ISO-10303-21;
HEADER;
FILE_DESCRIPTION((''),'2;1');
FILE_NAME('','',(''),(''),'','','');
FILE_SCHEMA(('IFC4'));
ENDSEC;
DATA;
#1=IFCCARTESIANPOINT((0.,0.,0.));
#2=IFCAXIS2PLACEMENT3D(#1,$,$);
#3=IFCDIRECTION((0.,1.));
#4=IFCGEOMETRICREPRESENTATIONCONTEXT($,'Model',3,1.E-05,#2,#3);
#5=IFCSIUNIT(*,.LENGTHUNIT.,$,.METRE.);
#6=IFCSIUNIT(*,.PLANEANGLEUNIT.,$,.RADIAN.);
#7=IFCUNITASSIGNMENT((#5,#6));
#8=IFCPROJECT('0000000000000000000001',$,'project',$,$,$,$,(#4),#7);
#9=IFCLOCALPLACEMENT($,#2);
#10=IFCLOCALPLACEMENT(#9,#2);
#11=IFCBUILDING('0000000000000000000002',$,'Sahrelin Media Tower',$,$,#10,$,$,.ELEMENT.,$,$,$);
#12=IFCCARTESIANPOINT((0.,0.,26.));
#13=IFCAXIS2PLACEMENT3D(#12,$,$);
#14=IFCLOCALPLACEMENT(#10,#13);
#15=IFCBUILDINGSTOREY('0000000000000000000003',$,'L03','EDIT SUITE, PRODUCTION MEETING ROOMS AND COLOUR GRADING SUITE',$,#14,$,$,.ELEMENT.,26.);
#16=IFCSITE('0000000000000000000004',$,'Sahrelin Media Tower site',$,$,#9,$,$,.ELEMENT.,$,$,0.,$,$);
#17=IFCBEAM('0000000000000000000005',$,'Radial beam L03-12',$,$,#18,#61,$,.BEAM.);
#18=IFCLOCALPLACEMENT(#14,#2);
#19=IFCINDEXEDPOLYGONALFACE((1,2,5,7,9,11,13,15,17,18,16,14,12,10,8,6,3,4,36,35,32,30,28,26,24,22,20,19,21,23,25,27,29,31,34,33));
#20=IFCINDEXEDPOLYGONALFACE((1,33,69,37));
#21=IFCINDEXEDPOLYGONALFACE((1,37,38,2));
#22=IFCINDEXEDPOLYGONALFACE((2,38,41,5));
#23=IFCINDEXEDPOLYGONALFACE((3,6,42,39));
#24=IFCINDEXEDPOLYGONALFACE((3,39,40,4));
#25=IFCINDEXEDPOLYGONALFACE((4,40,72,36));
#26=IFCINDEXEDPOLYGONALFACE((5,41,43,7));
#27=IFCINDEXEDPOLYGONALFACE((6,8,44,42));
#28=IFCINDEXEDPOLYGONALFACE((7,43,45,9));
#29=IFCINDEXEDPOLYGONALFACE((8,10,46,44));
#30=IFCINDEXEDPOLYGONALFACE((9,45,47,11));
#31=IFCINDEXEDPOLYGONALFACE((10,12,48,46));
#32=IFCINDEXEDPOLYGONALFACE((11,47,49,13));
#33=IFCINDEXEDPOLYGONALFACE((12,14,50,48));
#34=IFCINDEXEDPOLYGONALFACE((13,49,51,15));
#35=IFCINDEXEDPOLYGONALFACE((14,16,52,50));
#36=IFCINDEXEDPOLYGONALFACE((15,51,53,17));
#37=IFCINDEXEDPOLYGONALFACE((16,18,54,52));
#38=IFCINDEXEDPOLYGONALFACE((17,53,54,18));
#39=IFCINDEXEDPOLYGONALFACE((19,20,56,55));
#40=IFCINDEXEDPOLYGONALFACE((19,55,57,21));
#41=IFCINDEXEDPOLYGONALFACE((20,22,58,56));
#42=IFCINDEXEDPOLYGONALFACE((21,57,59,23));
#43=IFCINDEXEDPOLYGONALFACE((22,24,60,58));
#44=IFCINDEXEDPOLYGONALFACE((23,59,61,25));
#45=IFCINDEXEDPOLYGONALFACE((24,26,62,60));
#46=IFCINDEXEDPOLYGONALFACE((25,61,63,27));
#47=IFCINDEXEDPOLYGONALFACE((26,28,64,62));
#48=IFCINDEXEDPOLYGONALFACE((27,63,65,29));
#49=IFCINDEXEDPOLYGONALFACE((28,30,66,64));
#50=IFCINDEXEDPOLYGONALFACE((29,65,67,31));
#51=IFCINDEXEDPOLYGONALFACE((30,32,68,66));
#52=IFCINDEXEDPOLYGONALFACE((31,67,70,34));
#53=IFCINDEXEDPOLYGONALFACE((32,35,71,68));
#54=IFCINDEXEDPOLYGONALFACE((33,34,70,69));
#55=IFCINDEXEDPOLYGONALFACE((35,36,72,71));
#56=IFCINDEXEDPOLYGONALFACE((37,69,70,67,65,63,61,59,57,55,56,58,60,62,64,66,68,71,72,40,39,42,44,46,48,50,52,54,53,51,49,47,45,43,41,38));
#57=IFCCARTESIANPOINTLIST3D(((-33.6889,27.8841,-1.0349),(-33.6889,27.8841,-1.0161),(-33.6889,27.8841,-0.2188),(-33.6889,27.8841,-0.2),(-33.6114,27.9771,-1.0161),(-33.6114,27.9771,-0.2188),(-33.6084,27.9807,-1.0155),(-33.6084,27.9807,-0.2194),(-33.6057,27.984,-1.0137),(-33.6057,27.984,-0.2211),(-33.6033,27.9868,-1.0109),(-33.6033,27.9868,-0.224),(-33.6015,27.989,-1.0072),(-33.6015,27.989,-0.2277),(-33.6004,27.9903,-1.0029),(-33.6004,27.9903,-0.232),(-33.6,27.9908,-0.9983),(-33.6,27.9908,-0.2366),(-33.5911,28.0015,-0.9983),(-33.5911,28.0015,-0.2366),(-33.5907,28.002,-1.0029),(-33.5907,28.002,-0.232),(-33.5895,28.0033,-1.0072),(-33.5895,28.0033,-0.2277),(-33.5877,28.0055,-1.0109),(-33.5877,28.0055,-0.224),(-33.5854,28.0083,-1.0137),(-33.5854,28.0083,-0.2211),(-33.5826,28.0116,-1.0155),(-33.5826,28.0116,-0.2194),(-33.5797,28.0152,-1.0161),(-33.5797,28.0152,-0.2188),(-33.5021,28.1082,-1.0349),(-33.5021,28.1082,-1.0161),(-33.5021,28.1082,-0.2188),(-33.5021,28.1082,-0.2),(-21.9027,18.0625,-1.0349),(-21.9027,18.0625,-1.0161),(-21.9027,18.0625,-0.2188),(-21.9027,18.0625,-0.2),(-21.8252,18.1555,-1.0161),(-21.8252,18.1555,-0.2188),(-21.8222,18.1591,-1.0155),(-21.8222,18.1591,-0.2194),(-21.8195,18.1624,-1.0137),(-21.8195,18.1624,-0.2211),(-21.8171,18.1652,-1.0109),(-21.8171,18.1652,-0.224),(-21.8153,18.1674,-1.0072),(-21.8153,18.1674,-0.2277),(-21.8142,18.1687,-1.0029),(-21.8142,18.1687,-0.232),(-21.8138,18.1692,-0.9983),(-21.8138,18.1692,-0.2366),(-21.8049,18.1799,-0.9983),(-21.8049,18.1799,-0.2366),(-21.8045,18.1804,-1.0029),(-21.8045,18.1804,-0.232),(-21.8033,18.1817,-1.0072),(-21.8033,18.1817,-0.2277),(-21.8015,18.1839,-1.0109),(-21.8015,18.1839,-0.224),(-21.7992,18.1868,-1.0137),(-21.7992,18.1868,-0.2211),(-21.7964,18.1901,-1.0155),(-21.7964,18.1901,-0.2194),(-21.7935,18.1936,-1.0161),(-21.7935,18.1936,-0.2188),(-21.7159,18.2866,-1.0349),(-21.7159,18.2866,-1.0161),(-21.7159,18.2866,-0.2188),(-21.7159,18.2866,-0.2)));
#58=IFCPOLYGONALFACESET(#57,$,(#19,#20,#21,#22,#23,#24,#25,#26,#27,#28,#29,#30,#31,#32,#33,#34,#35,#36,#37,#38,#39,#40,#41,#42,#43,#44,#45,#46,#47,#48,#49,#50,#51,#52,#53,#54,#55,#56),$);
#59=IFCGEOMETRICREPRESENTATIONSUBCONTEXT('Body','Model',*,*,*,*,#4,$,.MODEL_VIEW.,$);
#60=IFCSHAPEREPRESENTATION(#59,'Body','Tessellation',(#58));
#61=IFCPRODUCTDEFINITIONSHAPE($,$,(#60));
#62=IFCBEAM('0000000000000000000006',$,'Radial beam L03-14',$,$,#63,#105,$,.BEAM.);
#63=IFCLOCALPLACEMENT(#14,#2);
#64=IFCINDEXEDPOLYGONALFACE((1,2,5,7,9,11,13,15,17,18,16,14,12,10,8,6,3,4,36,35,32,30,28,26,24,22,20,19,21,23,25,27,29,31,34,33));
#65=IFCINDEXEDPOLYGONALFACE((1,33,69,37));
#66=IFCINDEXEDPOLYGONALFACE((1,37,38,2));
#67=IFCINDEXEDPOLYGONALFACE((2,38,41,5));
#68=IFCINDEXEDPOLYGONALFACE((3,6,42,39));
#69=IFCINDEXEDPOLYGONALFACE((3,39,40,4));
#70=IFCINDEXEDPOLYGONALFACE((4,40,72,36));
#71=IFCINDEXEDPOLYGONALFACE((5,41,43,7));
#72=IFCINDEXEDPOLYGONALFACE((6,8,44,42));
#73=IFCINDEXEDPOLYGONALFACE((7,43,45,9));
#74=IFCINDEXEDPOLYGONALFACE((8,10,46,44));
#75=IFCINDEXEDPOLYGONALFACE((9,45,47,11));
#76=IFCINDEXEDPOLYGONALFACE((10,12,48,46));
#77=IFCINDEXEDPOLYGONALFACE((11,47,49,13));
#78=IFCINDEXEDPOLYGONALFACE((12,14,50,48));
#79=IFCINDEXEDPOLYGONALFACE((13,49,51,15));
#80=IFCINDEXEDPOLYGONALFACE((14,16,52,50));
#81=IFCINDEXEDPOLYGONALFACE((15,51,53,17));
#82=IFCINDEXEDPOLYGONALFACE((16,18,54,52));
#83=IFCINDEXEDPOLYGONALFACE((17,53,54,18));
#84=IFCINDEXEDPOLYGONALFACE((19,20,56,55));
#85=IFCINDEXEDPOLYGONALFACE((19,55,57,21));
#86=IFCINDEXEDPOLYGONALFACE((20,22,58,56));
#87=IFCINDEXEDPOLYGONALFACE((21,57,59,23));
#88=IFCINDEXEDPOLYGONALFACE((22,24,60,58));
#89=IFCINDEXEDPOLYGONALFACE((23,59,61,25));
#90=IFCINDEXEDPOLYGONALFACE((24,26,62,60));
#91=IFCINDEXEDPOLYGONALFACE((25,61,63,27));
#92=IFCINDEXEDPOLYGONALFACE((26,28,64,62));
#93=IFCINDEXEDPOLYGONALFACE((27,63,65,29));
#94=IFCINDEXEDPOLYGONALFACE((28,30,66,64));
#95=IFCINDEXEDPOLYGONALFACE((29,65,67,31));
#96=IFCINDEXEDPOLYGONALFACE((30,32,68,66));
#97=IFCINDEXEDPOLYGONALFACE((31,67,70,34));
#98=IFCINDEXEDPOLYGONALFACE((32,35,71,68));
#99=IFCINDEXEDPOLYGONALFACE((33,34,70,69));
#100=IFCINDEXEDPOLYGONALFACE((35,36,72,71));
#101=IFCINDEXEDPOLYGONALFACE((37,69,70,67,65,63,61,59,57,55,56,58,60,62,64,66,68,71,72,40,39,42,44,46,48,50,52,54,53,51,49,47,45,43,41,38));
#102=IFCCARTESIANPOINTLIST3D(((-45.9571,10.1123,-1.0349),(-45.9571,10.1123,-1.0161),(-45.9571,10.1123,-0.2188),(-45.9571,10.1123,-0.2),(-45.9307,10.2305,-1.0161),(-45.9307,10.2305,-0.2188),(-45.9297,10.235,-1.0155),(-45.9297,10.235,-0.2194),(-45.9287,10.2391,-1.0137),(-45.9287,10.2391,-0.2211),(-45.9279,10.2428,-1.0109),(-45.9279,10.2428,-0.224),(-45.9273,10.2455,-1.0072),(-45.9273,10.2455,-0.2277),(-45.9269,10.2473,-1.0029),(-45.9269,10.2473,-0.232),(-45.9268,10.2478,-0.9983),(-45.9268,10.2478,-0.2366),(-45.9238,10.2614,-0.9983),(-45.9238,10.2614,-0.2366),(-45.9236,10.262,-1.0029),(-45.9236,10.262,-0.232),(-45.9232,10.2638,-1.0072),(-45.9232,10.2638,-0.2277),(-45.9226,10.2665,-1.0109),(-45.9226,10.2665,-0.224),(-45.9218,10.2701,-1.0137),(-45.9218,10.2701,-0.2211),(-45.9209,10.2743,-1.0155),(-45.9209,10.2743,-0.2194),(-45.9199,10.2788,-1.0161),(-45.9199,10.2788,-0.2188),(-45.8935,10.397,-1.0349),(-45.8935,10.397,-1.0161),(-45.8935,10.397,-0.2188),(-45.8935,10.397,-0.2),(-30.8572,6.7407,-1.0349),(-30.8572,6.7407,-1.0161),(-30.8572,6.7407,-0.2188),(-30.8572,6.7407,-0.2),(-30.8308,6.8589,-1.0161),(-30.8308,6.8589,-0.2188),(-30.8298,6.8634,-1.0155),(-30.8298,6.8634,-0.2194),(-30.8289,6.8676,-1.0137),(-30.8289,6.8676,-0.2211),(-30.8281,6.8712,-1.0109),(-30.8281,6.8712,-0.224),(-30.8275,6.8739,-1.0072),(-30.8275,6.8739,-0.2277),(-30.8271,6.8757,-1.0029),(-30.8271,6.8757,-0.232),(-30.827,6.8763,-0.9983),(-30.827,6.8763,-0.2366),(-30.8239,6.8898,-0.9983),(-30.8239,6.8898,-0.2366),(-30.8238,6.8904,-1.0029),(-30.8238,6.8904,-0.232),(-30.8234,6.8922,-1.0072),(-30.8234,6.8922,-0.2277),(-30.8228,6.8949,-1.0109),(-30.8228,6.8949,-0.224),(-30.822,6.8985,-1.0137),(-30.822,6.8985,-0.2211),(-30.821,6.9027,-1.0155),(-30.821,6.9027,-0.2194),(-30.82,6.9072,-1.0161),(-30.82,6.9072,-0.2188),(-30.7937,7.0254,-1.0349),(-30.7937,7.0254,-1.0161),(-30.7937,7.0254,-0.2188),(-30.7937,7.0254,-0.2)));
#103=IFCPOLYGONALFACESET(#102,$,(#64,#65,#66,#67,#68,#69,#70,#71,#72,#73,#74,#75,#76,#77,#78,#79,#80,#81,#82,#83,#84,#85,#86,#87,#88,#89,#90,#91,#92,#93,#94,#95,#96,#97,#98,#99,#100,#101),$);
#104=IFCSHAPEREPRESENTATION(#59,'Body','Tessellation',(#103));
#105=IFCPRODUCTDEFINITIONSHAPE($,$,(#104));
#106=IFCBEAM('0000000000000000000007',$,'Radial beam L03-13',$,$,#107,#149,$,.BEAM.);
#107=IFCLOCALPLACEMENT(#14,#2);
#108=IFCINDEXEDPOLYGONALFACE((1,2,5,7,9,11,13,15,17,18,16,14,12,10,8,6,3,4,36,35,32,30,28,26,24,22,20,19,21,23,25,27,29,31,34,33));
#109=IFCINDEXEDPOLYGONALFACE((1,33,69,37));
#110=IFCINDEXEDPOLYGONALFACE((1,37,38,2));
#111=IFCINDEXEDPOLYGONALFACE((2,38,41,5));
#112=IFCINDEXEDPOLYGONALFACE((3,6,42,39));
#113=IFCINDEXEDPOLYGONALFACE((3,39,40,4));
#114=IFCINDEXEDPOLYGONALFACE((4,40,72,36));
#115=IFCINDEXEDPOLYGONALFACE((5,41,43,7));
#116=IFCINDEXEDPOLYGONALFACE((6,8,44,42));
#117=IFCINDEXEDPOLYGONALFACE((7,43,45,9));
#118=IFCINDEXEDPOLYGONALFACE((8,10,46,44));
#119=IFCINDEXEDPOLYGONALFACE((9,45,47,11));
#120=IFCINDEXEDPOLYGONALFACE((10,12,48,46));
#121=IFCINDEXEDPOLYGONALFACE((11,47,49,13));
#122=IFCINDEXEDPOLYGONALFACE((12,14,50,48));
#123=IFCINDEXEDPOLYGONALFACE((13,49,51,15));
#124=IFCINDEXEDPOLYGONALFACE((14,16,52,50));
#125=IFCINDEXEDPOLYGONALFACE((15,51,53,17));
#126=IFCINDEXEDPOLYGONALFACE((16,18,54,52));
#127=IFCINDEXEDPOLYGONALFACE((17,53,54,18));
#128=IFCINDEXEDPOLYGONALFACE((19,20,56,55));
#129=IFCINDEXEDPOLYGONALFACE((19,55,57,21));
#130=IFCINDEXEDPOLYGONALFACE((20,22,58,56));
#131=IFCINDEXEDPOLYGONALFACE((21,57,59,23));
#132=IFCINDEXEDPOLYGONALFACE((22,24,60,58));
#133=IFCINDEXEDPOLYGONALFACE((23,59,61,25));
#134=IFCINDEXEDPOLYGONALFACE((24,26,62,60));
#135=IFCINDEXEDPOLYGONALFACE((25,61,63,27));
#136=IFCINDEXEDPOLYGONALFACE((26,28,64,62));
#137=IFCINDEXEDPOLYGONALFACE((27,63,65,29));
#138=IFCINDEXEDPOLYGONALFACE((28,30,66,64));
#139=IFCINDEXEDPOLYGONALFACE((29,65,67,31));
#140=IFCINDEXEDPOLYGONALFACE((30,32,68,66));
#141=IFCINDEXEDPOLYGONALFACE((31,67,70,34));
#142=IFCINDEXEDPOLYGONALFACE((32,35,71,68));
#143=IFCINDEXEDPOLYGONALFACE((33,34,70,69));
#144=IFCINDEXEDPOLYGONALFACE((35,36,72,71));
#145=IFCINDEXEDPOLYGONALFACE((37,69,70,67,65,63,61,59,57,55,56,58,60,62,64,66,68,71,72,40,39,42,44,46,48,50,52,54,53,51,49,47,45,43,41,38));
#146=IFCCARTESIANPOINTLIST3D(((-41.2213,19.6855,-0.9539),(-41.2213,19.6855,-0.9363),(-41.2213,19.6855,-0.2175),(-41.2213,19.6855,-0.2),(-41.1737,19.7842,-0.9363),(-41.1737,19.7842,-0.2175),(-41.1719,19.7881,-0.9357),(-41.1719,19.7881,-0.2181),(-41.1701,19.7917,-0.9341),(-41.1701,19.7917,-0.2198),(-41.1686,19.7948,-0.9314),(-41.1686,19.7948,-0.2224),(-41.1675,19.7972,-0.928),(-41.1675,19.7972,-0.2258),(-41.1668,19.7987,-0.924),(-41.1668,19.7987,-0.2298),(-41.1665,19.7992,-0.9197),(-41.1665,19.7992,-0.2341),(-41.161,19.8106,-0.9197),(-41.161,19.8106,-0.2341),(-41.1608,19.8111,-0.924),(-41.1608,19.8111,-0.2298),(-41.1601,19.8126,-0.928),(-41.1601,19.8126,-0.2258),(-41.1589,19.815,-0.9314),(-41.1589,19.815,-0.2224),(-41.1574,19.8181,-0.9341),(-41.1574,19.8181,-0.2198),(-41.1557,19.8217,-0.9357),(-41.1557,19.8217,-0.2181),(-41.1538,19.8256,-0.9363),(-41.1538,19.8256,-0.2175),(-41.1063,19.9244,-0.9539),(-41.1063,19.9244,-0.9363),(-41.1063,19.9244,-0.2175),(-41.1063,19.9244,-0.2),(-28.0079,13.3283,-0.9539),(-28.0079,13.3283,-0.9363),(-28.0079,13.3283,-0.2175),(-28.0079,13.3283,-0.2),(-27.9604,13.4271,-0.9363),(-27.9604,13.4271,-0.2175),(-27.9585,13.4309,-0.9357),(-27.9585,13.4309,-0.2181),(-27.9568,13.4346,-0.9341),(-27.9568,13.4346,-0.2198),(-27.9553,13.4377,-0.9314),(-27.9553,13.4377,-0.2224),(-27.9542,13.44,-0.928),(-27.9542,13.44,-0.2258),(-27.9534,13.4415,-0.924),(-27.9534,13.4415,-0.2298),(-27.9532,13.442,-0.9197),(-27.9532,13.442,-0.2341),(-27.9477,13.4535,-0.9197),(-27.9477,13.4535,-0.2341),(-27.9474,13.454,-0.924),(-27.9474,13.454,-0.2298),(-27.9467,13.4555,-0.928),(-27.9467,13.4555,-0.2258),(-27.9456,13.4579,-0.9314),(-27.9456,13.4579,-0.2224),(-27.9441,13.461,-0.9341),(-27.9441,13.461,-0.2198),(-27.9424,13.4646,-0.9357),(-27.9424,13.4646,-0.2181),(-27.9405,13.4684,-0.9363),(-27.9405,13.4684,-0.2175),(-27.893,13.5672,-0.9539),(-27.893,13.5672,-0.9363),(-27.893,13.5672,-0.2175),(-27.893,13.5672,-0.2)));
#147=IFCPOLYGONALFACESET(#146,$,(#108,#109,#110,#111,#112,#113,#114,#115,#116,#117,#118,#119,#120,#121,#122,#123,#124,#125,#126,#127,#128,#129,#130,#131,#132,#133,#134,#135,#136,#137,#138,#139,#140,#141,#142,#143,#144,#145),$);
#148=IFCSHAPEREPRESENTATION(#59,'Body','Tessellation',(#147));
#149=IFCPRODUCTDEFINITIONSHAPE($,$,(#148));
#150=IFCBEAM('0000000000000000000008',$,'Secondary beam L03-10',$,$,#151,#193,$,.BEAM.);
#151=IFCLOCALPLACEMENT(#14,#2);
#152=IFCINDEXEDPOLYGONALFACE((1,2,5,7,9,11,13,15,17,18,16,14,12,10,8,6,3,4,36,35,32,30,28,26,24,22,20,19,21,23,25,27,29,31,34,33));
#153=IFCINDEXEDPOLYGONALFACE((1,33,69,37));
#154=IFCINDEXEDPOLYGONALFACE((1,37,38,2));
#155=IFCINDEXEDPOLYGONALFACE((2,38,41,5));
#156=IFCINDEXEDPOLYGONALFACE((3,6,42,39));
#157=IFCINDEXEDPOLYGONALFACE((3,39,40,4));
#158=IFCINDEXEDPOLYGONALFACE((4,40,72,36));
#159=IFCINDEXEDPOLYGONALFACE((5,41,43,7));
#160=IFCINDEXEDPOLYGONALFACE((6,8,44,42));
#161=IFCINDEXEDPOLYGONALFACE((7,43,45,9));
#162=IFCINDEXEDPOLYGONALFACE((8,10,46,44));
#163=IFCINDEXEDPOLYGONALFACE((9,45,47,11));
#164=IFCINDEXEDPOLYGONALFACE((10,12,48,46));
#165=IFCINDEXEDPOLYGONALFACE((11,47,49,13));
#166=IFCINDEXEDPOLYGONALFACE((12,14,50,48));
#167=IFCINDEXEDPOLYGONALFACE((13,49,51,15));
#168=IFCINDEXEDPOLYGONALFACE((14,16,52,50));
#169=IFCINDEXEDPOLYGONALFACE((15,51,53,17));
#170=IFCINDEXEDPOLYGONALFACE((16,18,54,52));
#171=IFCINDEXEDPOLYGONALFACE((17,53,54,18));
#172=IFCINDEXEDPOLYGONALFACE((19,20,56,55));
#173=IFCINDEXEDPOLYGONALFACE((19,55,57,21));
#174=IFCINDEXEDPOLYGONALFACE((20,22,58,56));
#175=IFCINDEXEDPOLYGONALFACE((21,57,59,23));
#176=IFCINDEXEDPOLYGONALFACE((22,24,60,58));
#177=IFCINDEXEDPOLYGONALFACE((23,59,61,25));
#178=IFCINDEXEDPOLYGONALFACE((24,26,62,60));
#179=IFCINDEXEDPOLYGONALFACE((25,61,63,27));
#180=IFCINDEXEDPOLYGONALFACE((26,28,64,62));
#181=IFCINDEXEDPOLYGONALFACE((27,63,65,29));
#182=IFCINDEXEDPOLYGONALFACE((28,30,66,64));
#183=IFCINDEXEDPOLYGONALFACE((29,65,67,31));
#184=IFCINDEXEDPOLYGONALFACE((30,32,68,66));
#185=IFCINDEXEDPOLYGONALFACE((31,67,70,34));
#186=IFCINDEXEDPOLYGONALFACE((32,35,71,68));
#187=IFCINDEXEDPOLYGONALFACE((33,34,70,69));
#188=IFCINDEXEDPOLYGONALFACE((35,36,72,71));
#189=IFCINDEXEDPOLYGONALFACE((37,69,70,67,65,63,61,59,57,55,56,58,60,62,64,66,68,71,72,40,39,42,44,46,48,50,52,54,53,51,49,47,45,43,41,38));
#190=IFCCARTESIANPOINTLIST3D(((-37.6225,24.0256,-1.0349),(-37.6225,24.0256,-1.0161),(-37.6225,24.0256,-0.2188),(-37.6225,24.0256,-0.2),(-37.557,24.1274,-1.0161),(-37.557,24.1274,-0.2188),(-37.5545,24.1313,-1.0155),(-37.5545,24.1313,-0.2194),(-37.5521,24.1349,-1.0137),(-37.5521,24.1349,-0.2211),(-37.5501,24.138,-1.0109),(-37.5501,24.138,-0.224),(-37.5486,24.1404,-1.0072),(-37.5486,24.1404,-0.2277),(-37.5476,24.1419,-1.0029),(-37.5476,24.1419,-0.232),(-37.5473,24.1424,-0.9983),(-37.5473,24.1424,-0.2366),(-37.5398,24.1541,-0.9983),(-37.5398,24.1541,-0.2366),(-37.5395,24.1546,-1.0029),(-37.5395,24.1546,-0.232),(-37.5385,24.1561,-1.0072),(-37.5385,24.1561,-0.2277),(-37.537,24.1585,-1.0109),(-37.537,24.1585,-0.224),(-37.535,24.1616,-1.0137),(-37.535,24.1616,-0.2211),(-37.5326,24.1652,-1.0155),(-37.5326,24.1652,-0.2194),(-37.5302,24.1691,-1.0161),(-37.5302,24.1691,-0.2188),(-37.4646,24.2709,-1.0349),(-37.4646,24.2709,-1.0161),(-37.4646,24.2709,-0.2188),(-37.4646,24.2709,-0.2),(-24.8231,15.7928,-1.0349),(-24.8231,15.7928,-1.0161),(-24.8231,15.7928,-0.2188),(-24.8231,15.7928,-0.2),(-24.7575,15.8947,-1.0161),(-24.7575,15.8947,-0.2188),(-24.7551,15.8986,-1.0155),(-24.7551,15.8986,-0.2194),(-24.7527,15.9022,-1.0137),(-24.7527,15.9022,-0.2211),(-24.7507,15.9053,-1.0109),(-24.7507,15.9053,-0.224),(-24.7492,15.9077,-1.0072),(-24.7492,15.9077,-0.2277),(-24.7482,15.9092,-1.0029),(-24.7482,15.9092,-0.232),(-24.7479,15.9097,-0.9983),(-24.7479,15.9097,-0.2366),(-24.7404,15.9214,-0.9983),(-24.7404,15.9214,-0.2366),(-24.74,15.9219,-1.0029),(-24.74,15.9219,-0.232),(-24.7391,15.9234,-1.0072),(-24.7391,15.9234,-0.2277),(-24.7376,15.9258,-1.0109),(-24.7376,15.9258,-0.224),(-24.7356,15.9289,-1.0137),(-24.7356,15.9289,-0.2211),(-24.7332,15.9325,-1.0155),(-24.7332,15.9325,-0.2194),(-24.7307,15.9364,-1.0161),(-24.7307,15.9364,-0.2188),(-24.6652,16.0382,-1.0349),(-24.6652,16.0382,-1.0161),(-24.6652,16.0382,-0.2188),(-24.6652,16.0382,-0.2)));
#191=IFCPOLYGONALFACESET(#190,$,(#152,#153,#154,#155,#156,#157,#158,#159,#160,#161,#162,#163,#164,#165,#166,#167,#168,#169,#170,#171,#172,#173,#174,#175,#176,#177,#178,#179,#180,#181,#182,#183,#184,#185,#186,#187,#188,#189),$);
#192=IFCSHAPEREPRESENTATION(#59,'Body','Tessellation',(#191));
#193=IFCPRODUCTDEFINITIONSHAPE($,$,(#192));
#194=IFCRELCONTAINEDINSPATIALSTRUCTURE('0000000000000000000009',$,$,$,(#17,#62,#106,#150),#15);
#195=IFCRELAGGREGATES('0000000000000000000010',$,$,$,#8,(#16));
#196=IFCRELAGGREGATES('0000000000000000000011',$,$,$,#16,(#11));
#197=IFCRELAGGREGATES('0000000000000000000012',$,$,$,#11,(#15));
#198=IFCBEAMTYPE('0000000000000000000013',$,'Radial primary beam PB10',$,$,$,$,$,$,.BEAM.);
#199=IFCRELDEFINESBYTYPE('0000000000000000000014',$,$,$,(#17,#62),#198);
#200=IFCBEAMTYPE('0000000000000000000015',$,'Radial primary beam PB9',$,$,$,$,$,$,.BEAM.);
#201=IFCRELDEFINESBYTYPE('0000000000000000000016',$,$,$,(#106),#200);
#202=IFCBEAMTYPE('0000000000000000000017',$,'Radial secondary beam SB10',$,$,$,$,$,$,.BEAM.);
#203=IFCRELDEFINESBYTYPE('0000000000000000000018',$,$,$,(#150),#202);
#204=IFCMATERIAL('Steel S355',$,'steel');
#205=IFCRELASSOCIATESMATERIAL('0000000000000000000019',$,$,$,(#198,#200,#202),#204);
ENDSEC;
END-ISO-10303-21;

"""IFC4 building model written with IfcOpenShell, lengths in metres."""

from ifc_helpers import new_model, si_unit, direction, frame, origin, origin_2d, place, context, subcontext, project, spatial, i_section, extrude, material, material_profile, profile_set, type_object, element, save


model = new_model("IFC4")

# Units and contexts
model_context = context("Model", 3, precision=1e-05, world=origin(), true_north=direction((0.0, 1.0)))
body_context = subcontext(model_context, "Body", "Model", "MODEL_VIEW")
ifc_project = project(units=[si_unit("LENGTHUNIT", "METRE"), si_unit("PLANEANGLEUNIT", "RADIAN")], contexts=[model_context])

# Site, building, storey
site_placement = place(None, origin())
site = spatial("IfcSite", under=ifc_project, at=site_placement, Name="Sahrelin Media Tower site", CompositionType="ELEMENT", RefElevation=0.0)
building_placement = place(site_placement, origin())
building = spatial("IfcBuilding", under=site, at=building_placement, Name="Sahrelin Media Tower", CompositionType="ELEMENT")
storey_placement = place(building_placement, frame((0.0, 0.0, 26.0)))
storey = spatial("IfcBuildingStorey", under=building, at=storey_placement, Name="L03", Description="EDIT SUITE, PRODUCTION MEETING ROOMS AND COLOUR GRADING SUITE", CompositionType="ELEMENT", Elevation=26.0)

# Beams
ifc_material_1 = material(Name="Steel S355", Category="steel")
ifc_material_profile_1 = material_profile(ifc_material_1, i_section(OverallWidth=0.2917, OverallDepth=0.835, WebThickness=0.0139, FlangeThickness=0.0188, FilletRadius=0.0178, at=origin_2d()), Name="UB 838x292x176")
ifc_profile_set_1 = profile_set([ifc_material_profile_1], Name="Steel S355")
beam_type_1 = type_object("IfcBeamType", Name="Radial primary beam PB10", PredefinedType="BEAM", material=ifc_profile_set_1)
beam_1_placement = place(storey_placement, frame((-21.8093, 18.1746, -0.6174), z_axis=(-0.768229, 0.640175, 0.0), x_axis=(-0.640175, -0.768229, 0.0)))
element("IfcBeam", 1, at=beam_1_placement, inside=storey, type_object=beam_type_1, Name="Radial beam L03-12", PredefinedType="BEAM", context=body_context, shape_type="SweptSolid", body=[
    extrude(i_section(OverallWidth=0.2917, OverallDepth=0.835, WebThickness=0.0139, FlangeThickness=0.0188, FilletRadius=0.0178, at=origin_2d()), origin(), (0.0, 0.0, 1.0), 15.342),
])
beam_2_placement = place(storey_placement, frame((-30.8254, 6.8831, -0.6174), z_axis=(-0.975967, 0.217919, 0.0), x_axis=(-0.217919, -0.975967, 0.0)))
element("IfcBeam", 2, at=beam_2_placement, inside=storey, type_object=beam_type_1, Name="Radial beam L03-14", PredefinedType="BEAM", context=body_context, shape_type="SweptSolid", body=[
    extrude(i_section(OverallWidth=0.2917, OverallDepth=0.835, WebThickness=0.0139, FlangeThickness=0.0188, FilletRadius=0.0178, at=origin_2d()), origin(), (0.0, 0.0, 1.0), 15.4717),
])
ifc_material_profile_2 = material_profile(ifc_material_1, i_section(OverallWidth=0.2651, OverallDepth=0.7539, WebThickness=0.0127, FlangeThickness=0.0176, FilletRadius=0.0166, at=origin_2d()), Name="UB 762x267x147")
ifc_profile_set_2 = profile_set([ifc_material_profile_2], Name="Steel S355")
beam_type_2 = type_object("IfcBeamType", Name="Radial primary beam PB9", PredefinedType="BEAM", material=ifc_profile_set_2)
beam_3_placement = place(storey_placement, frame((-27.9504, 13.4478, -0.5769), z_axis=(-0.90113, 0.433549, 0.0), x_axis=(-0.433549, -0.90113, 0.0)))
element("IfcBeam", 3, at=beam_3_placement, inside=storey, type_object=beam_type_2, Name="Radial beam L03-13", PredefinedType="BEAM", context=body_context, shape_type="SweptSolid", body=[
    extrude(i_section(OverallWidth=0.2651, OverallDepth=0.7539, WebThickness=0.0127, FlangeThickness=0.0176, FilletRadius=0.0166, at=origin_2d()), origin(), (0.0, 0.0, 1.0), 14.6631),
])
ifc_material_profile_3 = material_profile(ifc_material_1, i_section(OverallWidth=0.2917, OverallDepth=0.835, WebThickness=0.0139, FlangeThickness=0.0188, FilletRadius=0.0178, at=origin_2d()), Name="UB 838x292x176")
ifc_profile_set_3 = profile_set([ifc_material_profile_3], Name="Steel S355")
beam_type_3 = type_object("IfcBeamType", Name="Radial secondary beam SB10", PredefinedType="BEAM", material=ifc_profile_set_3)
beam_4_placement = place(storey_placement, frame((-24.7441, 15.9155, -0.6174), z_axis=(-0.841043, 0.540968, 0.0), x_axis=(-0.540968, -0.841043, 0.0)))
element("IfcBeam", 4, at=beam_4_placement, inside=storey, type_object=beam_type_3, Name="Secondary beam L03-10", PredefinedType="BEAM", context=body_context, shape_type="SweptSolid", body=[
    extrude(i_section(OverallWidth=0.2917, OverallDepth=0.835, WebThickness=0.0139, FlangeThickness=0.0188, FilletRadius=0.0178, at=origin_2d()), origin(), (0.0, 0.0, 1.0), 15.2185),
])

save(model, "model.ifc")
